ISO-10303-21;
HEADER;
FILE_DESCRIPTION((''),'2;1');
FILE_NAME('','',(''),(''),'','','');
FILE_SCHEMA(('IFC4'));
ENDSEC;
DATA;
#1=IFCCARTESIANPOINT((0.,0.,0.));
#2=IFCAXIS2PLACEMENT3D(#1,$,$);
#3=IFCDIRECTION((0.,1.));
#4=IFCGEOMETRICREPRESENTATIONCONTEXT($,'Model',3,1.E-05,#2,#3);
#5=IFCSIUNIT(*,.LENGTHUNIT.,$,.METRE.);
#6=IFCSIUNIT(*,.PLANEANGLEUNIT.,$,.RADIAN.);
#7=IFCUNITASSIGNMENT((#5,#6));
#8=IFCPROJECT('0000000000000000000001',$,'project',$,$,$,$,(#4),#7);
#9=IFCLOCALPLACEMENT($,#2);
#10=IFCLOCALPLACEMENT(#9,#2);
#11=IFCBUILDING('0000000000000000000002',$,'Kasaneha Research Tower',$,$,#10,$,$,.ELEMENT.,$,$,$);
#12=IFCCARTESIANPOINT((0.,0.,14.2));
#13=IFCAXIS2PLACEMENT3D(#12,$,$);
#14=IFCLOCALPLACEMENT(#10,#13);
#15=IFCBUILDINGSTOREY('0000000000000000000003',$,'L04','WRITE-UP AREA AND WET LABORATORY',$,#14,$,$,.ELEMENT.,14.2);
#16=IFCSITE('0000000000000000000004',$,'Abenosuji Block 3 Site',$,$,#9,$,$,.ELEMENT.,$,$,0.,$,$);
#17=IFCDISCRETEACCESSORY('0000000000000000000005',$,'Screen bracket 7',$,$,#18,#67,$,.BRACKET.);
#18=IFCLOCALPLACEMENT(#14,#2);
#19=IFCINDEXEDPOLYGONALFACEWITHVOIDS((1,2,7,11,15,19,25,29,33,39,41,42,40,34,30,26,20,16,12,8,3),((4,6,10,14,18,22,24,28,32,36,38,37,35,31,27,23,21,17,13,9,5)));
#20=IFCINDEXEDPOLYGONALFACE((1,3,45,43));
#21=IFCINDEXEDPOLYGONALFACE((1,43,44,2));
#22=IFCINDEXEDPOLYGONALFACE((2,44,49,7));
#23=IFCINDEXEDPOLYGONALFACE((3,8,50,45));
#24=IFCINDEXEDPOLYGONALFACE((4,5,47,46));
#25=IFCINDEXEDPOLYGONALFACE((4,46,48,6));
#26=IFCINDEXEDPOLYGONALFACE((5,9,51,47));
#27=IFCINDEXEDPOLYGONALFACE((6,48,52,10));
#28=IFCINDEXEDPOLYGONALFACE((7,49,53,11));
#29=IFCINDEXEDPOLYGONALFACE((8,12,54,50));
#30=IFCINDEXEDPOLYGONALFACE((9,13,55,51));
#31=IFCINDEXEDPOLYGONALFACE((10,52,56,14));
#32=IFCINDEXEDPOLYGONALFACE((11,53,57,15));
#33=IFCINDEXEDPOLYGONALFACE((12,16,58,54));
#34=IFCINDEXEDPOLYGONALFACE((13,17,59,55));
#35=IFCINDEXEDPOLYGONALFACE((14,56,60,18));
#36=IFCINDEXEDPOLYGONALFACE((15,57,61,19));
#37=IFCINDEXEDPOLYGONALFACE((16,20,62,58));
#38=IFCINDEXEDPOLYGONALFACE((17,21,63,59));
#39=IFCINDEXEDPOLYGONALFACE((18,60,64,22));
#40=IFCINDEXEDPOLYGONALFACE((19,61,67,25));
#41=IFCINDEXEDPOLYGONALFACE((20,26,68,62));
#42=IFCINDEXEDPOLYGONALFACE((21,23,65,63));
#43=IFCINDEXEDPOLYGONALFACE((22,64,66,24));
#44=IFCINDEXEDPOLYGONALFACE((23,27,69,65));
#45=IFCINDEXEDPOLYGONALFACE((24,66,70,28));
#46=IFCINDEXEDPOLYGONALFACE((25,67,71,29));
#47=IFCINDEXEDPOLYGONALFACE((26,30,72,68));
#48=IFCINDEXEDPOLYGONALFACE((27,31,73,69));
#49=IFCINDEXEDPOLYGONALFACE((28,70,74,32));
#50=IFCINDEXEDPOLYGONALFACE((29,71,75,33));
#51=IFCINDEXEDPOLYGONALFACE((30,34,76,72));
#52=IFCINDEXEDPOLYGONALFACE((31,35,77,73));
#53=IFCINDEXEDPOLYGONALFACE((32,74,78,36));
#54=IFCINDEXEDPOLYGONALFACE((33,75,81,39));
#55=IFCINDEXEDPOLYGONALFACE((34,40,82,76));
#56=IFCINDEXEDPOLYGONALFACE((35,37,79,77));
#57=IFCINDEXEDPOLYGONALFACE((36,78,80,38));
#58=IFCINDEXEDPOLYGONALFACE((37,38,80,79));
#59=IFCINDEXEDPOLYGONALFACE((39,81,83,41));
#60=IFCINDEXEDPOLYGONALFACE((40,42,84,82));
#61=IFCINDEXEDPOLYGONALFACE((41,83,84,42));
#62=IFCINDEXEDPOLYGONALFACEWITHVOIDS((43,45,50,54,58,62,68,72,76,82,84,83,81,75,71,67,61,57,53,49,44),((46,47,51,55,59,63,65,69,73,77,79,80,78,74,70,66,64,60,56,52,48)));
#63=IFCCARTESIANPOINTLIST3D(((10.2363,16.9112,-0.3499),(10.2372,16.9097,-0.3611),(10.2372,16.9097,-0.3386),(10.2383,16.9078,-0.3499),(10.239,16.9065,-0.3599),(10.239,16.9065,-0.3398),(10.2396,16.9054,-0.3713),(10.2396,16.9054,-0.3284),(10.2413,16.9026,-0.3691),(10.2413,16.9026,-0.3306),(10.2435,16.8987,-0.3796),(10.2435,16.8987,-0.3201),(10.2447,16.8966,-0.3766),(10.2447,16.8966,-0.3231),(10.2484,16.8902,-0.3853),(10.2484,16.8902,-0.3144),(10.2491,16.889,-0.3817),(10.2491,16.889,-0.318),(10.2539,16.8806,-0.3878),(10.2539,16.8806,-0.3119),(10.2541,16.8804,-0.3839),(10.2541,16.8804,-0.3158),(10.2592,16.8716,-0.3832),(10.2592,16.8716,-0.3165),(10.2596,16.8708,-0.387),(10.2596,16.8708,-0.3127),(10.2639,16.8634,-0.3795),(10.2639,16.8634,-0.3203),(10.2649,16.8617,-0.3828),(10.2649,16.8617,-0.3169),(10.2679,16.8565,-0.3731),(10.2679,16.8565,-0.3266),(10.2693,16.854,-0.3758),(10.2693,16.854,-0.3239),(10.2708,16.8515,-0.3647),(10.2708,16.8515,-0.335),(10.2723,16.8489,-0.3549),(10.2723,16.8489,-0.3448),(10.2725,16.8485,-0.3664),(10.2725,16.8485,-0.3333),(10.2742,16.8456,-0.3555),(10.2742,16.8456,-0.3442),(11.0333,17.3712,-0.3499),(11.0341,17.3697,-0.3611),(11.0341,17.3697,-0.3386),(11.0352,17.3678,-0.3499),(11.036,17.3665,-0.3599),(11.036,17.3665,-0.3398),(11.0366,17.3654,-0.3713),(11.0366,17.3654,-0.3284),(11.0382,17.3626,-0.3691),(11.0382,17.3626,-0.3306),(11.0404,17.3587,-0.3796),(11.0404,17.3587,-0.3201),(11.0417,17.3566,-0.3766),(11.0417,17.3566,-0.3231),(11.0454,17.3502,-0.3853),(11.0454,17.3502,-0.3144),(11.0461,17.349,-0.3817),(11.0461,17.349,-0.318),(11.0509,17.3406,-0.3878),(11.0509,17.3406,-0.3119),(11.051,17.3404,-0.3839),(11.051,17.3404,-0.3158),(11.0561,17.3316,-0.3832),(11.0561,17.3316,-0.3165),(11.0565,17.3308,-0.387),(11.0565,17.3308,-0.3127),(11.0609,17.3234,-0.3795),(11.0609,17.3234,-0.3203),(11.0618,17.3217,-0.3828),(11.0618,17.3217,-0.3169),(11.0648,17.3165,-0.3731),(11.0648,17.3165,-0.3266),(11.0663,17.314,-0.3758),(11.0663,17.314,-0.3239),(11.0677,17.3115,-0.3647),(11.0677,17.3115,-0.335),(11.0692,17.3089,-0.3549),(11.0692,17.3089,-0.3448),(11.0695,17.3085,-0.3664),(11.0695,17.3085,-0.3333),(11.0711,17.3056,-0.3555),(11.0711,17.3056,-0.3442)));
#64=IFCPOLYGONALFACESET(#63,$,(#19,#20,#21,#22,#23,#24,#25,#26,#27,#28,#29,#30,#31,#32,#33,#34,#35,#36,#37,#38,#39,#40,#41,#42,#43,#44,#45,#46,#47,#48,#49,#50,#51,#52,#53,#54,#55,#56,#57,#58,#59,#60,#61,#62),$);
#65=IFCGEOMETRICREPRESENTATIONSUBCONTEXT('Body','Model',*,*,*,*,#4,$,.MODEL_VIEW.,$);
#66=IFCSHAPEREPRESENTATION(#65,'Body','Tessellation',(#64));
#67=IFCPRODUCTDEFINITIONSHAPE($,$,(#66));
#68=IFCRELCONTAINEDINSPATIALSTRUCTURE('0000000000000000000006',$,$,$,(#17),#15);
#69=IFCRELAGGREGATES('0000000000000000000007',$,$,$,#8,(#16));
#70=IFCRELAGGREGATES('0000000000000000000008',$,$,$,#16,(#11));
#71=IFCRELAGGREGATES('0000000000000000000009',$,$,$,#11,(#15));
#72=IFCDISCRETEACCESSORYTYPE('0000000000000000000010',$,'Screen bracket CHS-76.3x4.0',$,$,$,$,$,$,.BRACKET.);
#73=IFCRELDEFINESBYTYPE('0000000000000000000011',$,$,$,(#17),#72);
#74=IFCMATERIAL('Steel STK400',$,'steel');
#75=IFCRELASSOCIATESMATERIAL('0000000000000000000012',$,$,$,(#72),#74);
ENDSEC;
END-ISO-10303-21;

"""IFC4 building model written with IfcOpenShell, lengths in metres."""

from ifc_helpers import new_model, si_unit, direction, frame, origin, origin_2d, place, context, subcontext, project, spatial, hollow_circle, extrude, material, material_profile, profile_set, type_object, element, save


model = new_model("IFC4")

# Units and contexts
model_context = context("Model", 3, precision=1e-05, world=origin(), true_north=direction((0.0, 1.0)))
body_context = subcontext(model_context, "Body", "Model", "MODEL_VIEW")
ifc_project = project(units=[si_unit("LENGTHUNIT", "METRE"), si_unit("PLANEANGLEUNIT", "RADIAN")], contexts=[model_context])

# Site, building, storey
site_placement = place(None, origin())
site = spatial("IfcSite", under=ifc_project, at=site_placement, Name="Abenosuji Block 3 Site", CompositionType="ELEMENT", RefElevation=0.0)
building_placement = place(site_placement, origin())
building = spatial("IfcBuilding", under=site, at=building_placement, Name="Kasaneha Research Tower", CompositionType="ELEMENT")
storey_placement = place(building_placement, frame((0.0, 0.0, 14.2)))
storey = spatial("IfcBuildingStorey", under=building, at=storey_placement, Name="L04", Description="WRITE-UP AREA AND WET LABORATORY", CompositionType="ELEMENT", Elevation=14.2)

# Discrete accessory
ifc_material_1 = material(Name="Steel STK400", Category="steel")
ifc_material_profile_1 = material_profile(ifc_material_1, hollow_circle(Radius=0.0381, WallThickness=0.0039, at=origin_2d()), Name="CHS-76.3x4.0")
ifc_profile_set_1 = profile_set([ifc_material_profile_1], Name="Steel STK400")
discrete_accessory_type = type_object("IfcDiscreteAccessoryType", Name="Screen bracket CHS-76.3x4.0", PredefinedType="BRACKET", material=ifc_profile_set_1)
discrete_accessory_placement = place(storey_placement, frame((10.2554, 16.8782, -0.3499), z_axis=(0.86608, 0.499906, 0.0), x_axis=(-0.499906, 0.86608, 0.0)))
element("IfcDiscreteAccessory", 1, at=discrete_accessory_placement, inside=storey, type_object=discrete_accessory_type, Name="Screen bracket 7", PredefinedType="BRACKET", context=body_context, shape_type="SweptSolid", body=[
    extrude(hollow_circle(Radius=0.0381, WallThickness=0.0039, at=origin_2d()), origin(), (0.0, 0.0, 1.0), 0.9202),
])

save(model, "model.ifc")
